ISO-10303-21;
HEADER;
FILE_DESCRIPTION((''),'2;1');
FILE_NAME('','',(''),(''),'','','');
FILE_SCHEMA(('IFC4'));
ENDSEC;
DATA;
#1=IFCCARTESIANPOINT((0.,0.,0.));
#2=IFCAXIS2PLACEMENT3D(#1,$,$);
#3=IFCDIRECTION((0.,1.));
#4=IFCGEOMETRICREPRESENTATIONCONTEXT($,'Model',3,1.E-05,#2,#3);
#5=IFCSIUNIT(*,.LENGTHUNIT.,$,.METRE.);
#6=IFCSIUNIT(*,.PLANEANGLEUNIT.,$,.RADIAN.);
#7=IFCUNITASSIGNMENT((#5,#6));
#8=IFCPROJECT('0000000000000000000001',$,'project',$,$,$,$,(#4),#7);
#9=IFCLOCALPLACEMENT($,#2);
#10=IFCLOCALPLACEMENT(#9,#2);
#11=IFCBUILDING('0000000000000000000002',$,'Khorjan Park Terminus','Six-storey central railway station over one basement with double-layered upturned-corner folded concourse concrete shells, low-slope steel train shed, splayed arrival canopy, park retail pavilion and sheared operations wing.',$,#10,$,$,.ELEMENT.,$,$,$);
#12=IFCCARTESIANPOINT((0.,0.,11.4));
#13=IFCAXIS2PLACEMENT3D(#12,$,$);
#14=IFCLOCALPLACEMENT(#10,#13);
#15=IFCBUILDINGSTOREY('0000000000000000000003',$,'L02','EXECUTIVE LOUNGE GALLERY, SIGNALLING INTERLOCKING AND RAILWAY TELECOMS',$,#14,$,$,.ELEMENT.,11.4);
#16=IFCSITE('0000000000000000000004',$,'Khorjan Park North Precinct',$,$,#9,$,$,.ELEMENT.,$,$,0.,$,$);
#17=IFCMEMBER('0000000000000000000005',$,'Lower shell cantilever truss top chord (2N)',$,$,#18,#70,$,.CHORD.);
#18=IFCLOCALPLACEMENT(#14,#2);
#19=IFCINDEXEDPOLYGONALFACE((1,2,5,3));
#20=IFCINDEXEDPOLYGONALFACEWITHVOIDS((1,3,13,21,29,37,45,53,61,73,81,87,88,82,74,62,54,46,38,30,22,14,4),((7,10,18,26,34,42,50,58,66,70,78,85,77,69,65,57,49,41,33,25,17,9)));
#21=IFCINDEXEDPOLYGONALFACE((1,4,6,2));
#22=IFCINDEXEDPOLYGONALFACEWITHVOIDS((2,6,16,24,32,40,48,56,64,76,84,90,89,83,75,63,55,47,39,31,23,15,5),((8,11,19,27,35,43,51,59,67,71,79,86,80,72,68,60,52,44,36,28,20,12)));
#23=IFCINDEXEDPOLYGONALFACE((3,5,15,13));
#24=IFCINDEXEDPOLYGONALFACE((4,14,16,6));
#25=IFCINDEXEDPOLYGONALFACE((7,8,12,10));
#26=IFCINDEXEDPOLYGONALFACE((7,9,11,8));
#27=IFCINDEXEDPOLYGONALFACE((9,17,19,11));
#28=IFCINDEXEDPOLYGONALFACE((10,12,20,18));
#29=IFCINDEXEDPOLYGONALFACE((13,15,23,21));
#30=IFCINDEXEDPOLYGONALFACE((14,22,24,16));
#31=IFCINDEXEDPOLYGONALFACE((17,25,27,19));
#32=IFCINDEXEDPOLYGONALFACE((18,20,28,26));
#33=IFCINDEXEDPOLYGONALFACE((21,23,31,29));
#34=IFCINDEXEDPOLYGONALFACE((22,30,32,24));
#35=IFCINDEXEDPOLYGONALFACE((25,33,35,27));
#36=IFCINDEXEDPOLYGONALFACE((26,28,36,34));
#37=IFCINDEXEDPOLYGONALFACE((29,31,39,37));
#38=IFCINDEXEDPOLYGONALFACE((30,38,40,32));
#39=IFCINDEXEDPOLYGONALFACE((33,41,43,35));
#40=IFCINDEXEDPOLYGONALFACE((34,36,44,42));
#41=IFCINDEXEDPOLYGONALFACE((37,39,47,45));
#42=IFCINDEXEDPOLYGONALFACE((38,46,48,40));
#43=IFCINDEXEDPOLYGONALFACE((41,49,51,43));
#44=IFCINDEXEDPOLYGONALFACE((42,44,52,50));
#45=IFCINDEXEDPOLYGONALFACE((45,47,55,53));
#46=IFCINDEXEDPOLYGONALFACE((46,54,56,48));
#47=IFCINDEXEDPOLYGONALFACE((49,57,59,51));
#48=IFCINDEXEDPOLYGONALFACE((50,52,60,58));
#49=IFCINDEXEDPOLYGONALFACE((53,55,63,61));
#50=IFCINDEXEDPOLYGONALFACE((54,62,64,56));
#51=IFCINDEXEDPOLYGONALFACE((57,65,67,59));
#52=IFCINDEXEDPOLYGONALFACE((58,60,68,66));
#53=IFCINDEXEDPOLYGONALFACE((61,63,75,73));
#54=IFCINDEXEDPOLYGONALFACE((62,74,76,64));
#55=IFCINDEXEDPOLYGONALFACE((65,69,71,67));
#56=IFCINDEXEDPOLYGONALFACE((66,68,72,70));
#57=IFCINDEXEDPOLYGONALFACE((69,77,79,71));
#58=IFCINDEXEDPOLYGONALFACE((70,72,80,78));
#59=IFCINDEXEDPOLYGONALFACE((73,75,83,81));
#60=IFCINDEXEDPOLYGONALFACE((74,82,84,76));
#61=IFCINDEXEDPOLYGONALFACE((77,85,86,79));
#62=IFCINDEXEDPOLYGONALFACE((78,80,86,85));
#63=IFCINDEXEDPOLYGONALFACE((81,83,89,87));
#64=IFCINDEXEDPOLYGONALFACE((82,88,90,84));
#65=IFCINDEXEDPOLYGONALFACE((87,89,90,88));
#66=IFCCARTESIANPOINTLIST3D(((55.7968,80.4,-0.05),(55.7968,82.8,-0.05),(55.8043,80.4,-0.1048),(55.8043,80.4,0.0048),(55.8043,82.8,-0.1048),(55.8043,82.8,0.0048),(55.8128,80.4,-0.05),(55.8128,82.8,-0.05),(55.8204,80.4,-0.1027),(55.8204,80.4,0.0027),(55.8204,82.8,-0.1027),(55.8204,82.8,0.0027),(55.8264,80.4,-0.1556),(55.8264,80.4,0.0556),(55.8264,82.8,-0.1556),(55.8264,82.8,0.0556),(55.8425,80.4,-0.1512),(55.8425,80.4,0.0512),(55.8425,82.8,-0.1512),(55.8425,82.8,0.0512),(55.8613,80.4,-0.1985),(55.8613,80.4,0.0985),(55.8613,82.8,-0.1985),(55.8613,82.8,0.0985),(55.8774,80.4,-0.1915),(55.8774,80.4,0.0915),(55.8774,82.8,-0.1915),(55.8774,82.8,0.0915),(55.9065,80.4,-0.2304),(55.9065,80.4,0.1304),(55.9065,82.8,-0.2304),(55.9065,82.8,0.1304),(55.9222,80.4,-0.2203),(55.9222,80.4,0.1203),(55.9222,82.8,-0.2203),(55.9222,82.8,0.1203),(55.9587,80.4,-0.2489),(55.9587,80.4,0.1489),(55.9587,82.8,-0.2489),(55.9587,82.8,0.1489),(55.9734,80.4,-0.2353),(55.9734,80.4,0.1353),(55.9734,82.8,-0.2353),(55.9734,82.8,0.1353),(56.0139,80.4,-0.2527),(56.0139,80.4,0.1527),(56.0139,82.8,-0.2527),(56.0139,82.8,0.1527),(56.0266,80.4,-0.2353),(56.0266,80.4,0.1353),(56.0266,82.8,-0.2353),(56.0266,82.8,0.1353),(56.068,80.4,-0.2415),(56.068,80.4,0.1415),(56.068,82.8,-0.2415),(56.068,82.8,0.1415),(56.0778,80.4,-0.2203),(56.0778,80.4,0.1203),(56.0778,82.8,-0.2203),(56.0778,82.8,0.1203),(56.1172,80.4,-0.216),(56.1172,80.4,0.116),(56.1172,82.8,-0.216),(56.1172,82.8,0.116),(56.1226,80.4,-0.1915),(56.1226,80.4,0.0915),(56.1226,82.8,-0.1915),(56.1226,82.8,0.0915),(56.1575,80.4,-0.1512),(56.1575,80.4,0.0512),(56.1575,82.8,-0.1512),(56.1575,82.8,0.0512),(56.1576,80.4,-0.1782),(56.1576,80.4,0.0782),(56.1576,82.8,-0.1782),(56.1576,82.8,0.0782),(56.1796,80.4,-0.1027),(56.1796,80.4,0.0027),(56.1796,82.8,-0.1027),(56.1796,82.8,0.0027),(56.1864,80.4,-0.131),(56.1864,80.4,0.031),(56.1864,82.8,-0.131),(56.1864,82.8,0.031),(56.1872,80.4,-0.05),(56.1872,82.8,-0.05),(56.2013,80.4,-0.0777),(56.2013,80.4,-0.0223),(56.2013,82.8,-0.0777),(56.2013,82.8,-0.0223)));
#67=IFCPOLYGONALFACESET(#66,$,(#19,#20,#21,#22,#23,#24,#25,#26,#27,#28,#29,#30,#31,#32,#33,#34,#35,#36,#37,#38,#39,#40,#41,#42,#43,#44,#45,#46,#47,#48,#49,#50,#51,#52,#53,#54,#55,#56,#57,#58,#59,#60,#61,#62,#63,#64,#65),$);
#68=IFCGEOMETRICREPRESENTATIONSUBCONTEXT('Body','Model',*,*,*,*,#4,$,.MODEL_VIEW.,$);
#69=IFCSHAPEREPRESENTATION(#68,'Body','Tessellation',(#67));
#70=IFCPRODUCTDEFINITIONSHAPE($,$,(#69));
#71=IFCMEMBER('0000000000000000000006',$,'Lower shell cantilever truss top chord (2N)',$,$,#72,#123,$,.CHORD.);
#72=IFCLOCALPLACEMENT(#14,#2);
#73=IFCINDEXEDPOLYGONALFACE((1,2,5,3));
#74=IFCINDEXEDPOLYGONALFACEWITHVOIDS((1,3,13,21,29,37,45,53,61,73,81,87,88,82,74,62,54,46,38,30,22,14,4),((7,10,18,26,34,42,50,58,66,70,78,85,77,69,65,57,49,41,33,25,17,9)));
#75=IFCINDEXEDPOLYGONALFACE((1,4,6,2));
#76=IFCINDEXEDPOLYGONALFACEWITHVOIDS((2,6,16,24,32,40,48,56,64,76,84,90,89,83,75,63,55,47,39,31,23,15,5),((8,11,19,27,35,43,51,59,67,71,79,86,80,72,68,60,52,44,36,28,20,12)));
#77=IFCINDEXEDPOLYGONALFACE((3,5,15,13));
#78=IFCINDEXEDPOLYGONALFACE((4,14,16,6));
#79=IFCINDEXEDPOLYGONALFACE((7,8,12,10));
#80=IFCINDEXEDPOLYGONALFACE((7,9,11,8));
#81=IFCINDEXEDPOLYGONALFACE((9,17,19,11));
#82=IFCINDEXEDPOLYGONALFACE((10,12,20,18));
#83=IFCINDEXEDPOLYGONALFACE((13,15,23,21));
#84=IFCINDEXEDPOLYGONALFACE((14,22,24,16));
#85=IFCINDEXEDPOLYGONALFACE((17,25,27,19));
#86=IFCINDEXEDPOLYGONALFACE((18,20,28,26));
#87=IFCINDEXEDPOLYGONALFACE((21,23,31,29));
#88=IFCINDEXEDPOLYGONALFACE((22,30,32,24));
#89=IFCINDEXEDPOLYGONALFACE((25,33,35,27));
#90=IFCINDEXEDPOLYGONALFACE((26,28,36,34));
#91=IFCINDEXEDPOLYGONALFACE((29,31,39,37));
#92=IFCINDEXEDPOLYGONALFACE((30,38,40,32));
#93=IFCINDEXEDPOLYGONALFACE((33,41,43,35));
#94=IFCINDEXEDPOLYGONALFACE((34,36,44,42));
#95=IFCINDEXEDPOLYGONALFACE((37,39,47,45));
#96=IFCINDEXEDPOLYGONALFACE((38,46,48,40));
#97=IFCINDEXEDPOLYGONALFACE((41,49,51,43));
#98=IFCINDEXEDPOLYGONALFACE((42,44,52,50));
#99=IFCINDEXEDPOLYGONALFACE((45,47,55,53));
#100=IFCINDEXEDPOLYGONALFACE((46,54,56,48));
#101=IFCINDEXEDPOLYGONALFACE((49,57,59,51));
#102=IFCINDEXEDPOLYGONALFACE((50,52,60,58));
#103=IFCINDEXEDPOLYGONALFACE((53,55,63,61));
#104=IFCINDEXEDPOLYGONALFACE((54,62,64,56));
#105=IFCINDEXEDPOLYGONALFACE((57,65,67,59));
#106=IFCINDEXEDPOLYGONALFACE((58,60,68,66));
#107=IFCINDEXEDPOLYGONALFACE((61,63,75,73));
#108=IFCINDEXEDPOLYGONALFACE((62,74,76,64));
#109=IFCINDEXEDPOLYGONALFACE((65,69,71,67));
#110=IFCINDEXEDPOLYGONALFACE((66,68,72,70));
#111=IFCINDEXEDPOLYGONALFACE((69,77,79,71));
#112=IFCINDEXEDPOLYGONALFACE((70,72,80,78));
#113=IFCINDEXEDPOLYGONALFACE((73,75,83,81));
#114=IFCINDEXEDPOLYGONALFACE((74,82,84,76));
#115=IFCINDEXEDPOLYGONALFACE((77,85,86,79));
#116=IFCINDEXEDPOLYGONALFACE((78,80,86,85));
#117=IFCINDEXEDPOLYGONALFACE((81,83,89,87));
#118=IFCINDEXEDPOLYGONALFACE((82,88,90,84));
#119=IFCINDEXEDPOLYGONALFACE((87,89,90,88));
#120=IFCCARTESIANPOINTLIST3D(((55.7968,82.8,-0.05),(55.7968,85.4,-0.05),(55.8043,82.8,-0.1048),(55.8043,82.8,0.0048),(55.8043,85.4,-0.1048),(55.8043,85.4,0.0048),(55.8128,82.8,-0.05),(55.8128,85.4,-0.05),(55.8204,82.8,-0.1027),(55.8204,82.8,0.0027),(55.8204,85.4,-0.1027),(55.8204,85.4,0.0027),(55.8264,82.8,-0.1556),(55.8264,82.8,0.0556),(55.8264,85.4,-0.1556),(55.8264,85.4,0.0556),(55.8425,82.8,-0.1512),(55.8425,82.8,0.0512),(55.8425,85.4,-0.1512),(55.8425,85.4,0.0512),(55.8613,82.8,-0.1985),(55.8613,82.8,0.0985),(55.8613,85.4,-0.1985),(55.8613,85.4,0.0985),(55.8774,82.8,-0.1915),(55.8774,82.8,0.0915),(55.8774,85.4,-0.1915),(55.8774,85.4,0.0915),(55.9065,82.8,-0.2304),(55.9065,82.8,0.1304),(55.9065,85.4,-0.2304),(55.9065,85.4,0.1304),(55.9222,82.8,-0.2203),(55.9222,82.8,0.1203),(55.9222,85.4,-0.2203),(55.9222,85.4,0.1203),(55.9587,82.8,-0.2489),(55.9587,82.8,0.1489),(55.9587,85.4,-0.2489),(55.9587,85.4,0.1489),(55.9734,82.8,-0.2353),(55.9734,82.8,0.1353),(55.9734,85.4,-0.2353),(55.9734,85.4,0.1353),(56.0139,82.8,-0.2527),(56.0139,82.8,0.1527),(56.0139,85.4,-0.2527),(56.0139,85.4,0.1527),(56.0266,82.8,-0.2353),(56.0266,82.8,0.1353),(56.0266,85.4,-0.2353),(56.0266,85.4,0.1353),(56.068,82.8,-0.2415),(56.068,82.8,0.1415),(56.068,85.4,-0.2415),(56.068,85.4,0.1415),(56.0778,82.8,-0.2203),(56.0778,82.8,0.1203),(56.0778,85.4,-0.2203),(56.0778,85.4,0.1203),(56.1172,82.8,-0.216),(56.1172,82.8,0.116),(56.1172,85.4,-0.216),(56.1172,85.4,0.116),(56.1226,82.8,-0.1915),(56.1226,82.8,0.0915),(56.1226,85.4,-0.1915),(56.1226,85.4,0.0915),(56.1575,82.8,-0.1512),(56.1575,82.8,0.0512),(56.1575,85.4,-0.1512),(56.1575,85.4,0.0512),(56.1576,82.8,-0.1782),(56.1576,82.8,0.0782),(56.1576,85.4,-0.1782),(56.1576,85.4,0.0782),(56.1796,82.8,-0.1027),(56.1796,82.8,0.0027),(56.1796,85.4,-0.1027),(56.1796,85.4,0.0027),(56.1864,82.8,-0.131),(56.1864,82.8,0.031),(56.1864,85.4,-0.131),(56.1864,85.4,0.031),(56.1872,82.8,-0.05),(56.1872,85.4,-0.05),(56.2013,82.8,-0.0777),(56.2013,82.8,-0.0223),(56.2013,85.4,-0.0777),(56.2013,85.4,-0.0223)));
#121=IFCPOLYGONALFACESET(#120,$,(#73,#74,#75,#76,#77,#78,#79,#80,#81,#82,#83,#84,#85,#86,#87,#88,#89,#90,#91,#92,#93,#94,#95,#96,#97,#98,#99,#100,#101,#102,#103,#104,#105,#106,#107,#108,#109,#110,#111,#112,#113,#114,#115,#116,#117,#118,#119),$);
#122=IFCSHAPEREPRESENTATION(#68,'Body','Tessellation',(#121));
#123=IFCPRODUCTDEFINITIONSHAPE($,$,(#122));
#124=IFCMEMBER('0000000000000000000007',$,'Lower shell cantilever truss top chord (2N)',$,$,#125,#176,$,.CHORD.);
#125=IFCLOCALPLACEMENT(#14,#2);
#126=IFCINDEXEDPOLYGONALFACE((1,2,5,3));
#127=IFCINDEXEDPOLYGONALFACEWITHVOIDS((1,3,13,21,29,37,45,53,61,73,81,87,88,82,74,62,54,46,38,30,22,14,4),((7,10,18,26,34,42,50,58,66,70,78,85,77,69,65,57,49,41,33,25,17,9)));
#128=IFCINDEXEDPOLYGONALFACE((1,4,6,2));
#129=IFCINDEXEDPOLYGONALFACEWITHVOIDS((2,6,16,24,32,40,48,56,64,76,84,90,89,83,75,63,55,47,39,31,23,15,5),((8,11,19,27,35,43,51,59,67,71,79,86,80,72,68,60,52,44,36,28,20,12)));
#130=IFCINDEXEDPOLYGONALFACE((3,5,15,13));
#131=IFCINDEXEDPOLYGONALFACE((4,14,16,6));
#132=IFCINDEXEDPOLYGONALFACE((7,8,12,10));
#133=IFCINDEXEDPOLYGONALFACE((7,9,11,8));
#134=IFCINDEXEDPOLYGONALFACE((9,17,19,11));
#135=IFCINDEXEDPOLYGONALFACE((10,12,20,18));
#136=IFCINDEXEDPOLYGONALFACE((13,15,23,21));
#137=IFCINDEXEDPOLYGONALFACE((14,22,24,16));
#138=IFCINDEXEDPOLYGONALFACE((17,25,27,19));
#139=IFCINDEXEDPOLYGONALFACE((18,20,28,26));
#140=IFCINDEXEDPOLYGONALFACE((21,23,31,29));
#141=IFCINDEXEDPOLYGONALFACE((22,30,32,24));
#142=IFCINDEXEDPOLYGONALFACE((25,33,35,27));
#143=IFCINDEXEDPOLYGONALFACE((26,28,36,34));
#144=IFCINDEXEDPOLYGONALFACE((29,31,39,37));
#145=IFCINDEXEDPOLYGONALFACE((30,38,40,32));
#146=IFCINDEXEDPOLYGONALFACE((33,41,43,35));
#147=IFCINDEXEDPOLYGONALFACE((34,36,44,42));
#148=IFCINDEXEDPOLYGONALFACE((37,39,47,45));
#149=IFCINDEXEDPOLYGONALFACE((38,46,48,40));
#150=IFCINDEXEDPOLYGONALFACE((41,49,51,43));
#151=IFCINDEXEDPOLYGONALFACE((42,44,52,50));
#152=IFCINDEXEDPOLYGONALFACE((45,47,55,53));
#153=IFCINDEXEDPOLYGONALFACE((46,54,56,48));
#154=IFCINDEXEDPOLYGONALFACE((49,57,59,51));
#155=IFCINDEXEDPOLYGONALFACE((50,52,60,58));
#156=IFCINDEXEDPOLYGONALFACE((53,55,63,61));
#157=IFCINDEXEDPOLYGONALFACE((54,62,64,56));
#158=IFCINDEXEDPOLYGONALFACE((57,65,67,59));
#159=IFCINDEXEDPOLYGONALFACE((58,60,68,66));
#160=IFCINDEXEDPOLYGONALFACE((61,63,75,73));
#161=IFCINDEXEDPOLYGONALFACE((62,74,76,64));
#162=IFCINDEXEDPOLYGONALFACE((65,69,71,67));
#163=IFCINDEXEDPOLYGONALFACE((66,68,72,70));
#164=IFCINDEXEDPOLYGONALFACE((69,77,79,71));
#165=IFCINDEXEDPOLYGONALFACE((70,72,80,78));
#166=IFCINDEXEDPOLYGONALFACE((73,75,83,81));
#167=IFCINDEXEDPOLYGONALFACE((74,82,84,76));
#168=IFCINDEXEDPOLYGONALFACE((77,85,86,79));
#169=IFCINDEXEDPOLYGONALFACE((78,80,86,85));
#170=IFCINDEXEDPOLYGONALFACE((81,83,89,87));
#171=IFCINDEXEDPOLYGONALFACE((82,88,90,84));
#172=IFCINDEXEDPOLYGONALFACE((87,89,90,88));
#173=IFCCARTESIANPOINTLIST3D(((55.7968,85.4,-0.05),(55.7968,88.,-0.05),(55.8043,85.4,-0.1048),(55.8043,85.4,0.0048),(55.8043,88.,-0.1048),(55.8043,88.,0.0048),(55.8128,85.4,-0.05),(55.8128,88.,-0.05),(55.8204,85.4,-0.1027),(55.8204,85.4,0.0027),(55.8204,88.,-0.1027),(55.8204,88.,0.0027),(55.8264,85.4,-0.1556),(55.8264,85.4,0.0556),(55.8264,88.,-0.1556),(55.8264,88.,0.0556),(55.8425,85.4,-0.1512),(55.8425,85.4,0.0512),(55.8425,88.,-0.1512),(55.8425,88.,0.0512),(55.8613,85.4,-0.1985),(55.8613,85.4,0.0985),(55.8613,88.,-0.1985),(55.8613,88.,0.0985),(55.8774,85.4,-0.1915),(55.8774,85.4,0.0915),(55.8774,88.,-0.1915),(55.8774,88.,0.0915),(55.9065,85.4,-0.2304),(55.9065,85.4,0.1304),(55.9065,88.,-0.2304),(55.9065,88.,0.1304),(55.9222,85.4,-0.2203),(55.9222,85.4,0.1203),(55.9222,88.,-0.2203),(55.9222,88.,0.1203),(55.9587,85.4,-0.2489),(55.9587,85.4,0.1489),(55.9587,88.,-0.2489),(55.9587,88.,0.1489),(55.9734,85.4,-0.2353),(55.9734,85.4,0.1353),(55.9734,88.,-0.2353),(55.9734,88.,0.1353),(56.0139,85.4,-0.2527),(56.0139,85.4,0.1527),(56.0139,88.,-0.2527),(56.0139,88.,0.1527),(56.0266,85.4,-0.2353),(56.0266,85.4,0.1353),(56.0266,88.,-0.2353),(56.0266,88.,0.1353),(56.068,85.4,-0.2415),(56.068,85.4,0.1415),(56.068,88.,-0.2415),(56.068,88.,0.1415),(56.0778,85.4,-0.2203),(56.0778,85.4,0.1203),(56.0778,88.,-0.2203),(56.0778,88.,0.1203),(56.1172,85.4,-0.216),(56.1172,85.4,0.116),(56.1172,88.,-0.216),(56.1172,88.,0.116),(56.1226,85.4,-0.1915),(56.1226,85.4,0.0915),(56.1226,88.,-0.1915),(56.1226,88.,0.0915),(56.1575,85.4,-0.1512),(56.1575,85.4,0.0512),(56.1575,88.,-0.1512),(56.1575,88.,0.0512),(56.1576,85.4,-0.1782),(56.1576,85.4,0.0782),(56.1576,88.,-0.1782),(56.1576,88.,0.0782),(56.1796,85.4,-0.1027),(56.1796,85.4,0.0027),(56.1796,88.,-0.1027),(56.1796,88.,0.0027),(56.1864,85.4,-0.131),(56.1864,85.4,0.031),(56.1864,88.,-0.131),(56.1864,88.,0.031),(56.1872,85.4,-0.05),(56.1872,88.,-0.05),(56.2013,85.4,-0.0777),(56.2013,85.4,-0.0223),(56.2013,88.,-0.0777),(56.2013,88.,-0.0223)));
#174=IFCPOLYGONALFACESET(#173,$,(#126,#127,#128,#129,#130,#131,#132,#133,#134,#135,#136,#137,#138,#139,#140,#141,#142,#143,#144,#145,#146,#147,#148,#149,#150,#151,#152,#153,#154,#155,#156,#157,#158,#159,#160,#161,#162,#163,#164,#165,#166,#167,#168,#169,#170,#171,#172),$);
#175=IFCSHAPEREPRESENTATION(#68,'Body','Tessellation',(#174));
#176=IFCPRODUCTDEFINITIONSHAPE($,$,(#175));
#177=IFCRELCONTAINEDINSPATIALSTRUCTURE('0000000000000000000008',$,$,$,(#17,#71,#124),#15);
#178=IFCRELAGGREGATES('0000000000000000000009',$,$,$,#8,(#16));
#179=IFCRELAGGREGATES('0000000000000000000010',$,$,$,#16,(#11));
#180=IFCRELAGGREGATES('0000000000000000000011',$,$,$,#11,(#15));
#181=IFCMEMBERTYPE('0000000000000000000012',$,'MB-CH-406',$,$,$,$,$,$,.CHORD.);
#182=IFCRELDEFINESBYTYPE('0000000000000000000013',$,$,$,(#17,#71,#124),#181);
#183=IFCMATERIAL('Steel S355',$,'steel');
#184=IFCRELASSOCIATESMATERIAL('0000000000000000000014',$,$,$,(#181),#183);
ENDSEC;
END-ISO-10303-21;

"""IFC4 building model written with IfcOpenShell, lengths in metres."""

from ifc_helpers import new_model, si_unit, direction, frame, origin, origin_2d, place, context, subcontext, project, spatial, hollow_circle, extrude, material, material_profile, profile_set, type_object, element, save


model = new_model("IFC4")

# Units and contexts
model_context = context("Model", 3, precision=1e-05, world=origin(), true_north=direction((0.0, 1.0)))
body_context = subcontext(model_context, "Body", "Model", "MODEL_VIEW")
ifc_project = project(units=[si_unit("LENGTHUNIT", "METRE"), si_unit("PLANEANGLEUNIT", "RADIAN")], contexts=[model_context])

# Site, building, storey
site_placement = place(None, origin())
site = spatial("IfcSite", under=ifc_project, at=site_placement, Name="Khorjan Park North Precinct", CompositionType="ELEMENT", RefElevation=0.0)
building_placement = place(site_placement, origin())
building = spatial("IfcBuilding", under=site, at=building_placement, Name="Khorjan Park Terminus", Description="Six-storey central railway station over one basement with double-layered upturned-corner folded concourse concrete shells, low-slope steel train shed, splayed arrival canopy, park retail pavilion and sheared operations wing.", CompositionType="ELEMENT")
storey_placement = place(building_placement, frame((0.0, 0.0, 11.4)))
storey = spatial("IfcBuildingStorey", under=building, at=storey_placement, Name="L02", Description="EXECUTIVE LOUNGE GALLERY, SIGNALLING INTERLOCKING AND RAILWAY TELECOMS", CompositionType="ELEMENT", Elevation=11.4)

# Members
ifc_material_1 = material(Name="Steel S355", Category="steel")
ifc_material_profile_1 = material_profile(ifc_material_1, hollow_circle(Radius=0.2032, WallThickness=0.016, at=origin_2d()), Name="CHS 406.4x16")
ifc_profile_set_1 = profile_set([ifc_material_profile_1], Name="Steel S355")
member_type_1 = type_object("IfcMemberType", Name="MB-CH-406", PredefinedType="CHORD", material=ifc_profile_set_1)
for number, where, z_axis, x_axis, name in (
    (1, (56.0, 80.4, -0.05), (0.0, 1.0, 0.0), (-1.0, 0.0, 0.0), "Lower shell cantilever truss top chord (2N)"),
):
    element("IfcMember", number, at=place(storey_placement, frame(where, z_axis=z_axis, x_axis=x_axis)), inside=storey, type_object=member_type_1, Name=name, PredefinedType="CHORD", context=body_context, shape_type="SweptSolid", body=[
        extrude(hollow_circle(Radius=0.2032, WallThickness=0.016, at=origin_2d()), origin(), (0.0, 0.0, 1.0), 2.4),
    ])
for number, where, z_axis, x_axis, name in (
    (2, (56.0, 82.8, -0.05), (0.0, 1.0, 0.0), (-1.0, 0.0, 0.0), "Lower shell cantilever truss top chord (2N)"),
    (3, (56.0, 85.4, -0.05), (0.0, 1.0, 0.0), (-1.0, 0.0, 0.0), "Lower shell cantilever truss top chord (2N)"),
):
    element("IfcMember", number, at=place(storey_placement, frame(where, z_axis=z_axis, x_axis=x_axis)), inside=storey, type_object=member_type_1, Name=name, PredefinedType="CHORD", context=body_context, shape_type="SweptSolid", body=[
        extrude(hollow_circle(Radius=0.2032, WallThickness=0.016, at=origin_2d()), origin(), (0.0, 0.0, 1.0), 2.6),
    ])

save(model, "model.ifc")
